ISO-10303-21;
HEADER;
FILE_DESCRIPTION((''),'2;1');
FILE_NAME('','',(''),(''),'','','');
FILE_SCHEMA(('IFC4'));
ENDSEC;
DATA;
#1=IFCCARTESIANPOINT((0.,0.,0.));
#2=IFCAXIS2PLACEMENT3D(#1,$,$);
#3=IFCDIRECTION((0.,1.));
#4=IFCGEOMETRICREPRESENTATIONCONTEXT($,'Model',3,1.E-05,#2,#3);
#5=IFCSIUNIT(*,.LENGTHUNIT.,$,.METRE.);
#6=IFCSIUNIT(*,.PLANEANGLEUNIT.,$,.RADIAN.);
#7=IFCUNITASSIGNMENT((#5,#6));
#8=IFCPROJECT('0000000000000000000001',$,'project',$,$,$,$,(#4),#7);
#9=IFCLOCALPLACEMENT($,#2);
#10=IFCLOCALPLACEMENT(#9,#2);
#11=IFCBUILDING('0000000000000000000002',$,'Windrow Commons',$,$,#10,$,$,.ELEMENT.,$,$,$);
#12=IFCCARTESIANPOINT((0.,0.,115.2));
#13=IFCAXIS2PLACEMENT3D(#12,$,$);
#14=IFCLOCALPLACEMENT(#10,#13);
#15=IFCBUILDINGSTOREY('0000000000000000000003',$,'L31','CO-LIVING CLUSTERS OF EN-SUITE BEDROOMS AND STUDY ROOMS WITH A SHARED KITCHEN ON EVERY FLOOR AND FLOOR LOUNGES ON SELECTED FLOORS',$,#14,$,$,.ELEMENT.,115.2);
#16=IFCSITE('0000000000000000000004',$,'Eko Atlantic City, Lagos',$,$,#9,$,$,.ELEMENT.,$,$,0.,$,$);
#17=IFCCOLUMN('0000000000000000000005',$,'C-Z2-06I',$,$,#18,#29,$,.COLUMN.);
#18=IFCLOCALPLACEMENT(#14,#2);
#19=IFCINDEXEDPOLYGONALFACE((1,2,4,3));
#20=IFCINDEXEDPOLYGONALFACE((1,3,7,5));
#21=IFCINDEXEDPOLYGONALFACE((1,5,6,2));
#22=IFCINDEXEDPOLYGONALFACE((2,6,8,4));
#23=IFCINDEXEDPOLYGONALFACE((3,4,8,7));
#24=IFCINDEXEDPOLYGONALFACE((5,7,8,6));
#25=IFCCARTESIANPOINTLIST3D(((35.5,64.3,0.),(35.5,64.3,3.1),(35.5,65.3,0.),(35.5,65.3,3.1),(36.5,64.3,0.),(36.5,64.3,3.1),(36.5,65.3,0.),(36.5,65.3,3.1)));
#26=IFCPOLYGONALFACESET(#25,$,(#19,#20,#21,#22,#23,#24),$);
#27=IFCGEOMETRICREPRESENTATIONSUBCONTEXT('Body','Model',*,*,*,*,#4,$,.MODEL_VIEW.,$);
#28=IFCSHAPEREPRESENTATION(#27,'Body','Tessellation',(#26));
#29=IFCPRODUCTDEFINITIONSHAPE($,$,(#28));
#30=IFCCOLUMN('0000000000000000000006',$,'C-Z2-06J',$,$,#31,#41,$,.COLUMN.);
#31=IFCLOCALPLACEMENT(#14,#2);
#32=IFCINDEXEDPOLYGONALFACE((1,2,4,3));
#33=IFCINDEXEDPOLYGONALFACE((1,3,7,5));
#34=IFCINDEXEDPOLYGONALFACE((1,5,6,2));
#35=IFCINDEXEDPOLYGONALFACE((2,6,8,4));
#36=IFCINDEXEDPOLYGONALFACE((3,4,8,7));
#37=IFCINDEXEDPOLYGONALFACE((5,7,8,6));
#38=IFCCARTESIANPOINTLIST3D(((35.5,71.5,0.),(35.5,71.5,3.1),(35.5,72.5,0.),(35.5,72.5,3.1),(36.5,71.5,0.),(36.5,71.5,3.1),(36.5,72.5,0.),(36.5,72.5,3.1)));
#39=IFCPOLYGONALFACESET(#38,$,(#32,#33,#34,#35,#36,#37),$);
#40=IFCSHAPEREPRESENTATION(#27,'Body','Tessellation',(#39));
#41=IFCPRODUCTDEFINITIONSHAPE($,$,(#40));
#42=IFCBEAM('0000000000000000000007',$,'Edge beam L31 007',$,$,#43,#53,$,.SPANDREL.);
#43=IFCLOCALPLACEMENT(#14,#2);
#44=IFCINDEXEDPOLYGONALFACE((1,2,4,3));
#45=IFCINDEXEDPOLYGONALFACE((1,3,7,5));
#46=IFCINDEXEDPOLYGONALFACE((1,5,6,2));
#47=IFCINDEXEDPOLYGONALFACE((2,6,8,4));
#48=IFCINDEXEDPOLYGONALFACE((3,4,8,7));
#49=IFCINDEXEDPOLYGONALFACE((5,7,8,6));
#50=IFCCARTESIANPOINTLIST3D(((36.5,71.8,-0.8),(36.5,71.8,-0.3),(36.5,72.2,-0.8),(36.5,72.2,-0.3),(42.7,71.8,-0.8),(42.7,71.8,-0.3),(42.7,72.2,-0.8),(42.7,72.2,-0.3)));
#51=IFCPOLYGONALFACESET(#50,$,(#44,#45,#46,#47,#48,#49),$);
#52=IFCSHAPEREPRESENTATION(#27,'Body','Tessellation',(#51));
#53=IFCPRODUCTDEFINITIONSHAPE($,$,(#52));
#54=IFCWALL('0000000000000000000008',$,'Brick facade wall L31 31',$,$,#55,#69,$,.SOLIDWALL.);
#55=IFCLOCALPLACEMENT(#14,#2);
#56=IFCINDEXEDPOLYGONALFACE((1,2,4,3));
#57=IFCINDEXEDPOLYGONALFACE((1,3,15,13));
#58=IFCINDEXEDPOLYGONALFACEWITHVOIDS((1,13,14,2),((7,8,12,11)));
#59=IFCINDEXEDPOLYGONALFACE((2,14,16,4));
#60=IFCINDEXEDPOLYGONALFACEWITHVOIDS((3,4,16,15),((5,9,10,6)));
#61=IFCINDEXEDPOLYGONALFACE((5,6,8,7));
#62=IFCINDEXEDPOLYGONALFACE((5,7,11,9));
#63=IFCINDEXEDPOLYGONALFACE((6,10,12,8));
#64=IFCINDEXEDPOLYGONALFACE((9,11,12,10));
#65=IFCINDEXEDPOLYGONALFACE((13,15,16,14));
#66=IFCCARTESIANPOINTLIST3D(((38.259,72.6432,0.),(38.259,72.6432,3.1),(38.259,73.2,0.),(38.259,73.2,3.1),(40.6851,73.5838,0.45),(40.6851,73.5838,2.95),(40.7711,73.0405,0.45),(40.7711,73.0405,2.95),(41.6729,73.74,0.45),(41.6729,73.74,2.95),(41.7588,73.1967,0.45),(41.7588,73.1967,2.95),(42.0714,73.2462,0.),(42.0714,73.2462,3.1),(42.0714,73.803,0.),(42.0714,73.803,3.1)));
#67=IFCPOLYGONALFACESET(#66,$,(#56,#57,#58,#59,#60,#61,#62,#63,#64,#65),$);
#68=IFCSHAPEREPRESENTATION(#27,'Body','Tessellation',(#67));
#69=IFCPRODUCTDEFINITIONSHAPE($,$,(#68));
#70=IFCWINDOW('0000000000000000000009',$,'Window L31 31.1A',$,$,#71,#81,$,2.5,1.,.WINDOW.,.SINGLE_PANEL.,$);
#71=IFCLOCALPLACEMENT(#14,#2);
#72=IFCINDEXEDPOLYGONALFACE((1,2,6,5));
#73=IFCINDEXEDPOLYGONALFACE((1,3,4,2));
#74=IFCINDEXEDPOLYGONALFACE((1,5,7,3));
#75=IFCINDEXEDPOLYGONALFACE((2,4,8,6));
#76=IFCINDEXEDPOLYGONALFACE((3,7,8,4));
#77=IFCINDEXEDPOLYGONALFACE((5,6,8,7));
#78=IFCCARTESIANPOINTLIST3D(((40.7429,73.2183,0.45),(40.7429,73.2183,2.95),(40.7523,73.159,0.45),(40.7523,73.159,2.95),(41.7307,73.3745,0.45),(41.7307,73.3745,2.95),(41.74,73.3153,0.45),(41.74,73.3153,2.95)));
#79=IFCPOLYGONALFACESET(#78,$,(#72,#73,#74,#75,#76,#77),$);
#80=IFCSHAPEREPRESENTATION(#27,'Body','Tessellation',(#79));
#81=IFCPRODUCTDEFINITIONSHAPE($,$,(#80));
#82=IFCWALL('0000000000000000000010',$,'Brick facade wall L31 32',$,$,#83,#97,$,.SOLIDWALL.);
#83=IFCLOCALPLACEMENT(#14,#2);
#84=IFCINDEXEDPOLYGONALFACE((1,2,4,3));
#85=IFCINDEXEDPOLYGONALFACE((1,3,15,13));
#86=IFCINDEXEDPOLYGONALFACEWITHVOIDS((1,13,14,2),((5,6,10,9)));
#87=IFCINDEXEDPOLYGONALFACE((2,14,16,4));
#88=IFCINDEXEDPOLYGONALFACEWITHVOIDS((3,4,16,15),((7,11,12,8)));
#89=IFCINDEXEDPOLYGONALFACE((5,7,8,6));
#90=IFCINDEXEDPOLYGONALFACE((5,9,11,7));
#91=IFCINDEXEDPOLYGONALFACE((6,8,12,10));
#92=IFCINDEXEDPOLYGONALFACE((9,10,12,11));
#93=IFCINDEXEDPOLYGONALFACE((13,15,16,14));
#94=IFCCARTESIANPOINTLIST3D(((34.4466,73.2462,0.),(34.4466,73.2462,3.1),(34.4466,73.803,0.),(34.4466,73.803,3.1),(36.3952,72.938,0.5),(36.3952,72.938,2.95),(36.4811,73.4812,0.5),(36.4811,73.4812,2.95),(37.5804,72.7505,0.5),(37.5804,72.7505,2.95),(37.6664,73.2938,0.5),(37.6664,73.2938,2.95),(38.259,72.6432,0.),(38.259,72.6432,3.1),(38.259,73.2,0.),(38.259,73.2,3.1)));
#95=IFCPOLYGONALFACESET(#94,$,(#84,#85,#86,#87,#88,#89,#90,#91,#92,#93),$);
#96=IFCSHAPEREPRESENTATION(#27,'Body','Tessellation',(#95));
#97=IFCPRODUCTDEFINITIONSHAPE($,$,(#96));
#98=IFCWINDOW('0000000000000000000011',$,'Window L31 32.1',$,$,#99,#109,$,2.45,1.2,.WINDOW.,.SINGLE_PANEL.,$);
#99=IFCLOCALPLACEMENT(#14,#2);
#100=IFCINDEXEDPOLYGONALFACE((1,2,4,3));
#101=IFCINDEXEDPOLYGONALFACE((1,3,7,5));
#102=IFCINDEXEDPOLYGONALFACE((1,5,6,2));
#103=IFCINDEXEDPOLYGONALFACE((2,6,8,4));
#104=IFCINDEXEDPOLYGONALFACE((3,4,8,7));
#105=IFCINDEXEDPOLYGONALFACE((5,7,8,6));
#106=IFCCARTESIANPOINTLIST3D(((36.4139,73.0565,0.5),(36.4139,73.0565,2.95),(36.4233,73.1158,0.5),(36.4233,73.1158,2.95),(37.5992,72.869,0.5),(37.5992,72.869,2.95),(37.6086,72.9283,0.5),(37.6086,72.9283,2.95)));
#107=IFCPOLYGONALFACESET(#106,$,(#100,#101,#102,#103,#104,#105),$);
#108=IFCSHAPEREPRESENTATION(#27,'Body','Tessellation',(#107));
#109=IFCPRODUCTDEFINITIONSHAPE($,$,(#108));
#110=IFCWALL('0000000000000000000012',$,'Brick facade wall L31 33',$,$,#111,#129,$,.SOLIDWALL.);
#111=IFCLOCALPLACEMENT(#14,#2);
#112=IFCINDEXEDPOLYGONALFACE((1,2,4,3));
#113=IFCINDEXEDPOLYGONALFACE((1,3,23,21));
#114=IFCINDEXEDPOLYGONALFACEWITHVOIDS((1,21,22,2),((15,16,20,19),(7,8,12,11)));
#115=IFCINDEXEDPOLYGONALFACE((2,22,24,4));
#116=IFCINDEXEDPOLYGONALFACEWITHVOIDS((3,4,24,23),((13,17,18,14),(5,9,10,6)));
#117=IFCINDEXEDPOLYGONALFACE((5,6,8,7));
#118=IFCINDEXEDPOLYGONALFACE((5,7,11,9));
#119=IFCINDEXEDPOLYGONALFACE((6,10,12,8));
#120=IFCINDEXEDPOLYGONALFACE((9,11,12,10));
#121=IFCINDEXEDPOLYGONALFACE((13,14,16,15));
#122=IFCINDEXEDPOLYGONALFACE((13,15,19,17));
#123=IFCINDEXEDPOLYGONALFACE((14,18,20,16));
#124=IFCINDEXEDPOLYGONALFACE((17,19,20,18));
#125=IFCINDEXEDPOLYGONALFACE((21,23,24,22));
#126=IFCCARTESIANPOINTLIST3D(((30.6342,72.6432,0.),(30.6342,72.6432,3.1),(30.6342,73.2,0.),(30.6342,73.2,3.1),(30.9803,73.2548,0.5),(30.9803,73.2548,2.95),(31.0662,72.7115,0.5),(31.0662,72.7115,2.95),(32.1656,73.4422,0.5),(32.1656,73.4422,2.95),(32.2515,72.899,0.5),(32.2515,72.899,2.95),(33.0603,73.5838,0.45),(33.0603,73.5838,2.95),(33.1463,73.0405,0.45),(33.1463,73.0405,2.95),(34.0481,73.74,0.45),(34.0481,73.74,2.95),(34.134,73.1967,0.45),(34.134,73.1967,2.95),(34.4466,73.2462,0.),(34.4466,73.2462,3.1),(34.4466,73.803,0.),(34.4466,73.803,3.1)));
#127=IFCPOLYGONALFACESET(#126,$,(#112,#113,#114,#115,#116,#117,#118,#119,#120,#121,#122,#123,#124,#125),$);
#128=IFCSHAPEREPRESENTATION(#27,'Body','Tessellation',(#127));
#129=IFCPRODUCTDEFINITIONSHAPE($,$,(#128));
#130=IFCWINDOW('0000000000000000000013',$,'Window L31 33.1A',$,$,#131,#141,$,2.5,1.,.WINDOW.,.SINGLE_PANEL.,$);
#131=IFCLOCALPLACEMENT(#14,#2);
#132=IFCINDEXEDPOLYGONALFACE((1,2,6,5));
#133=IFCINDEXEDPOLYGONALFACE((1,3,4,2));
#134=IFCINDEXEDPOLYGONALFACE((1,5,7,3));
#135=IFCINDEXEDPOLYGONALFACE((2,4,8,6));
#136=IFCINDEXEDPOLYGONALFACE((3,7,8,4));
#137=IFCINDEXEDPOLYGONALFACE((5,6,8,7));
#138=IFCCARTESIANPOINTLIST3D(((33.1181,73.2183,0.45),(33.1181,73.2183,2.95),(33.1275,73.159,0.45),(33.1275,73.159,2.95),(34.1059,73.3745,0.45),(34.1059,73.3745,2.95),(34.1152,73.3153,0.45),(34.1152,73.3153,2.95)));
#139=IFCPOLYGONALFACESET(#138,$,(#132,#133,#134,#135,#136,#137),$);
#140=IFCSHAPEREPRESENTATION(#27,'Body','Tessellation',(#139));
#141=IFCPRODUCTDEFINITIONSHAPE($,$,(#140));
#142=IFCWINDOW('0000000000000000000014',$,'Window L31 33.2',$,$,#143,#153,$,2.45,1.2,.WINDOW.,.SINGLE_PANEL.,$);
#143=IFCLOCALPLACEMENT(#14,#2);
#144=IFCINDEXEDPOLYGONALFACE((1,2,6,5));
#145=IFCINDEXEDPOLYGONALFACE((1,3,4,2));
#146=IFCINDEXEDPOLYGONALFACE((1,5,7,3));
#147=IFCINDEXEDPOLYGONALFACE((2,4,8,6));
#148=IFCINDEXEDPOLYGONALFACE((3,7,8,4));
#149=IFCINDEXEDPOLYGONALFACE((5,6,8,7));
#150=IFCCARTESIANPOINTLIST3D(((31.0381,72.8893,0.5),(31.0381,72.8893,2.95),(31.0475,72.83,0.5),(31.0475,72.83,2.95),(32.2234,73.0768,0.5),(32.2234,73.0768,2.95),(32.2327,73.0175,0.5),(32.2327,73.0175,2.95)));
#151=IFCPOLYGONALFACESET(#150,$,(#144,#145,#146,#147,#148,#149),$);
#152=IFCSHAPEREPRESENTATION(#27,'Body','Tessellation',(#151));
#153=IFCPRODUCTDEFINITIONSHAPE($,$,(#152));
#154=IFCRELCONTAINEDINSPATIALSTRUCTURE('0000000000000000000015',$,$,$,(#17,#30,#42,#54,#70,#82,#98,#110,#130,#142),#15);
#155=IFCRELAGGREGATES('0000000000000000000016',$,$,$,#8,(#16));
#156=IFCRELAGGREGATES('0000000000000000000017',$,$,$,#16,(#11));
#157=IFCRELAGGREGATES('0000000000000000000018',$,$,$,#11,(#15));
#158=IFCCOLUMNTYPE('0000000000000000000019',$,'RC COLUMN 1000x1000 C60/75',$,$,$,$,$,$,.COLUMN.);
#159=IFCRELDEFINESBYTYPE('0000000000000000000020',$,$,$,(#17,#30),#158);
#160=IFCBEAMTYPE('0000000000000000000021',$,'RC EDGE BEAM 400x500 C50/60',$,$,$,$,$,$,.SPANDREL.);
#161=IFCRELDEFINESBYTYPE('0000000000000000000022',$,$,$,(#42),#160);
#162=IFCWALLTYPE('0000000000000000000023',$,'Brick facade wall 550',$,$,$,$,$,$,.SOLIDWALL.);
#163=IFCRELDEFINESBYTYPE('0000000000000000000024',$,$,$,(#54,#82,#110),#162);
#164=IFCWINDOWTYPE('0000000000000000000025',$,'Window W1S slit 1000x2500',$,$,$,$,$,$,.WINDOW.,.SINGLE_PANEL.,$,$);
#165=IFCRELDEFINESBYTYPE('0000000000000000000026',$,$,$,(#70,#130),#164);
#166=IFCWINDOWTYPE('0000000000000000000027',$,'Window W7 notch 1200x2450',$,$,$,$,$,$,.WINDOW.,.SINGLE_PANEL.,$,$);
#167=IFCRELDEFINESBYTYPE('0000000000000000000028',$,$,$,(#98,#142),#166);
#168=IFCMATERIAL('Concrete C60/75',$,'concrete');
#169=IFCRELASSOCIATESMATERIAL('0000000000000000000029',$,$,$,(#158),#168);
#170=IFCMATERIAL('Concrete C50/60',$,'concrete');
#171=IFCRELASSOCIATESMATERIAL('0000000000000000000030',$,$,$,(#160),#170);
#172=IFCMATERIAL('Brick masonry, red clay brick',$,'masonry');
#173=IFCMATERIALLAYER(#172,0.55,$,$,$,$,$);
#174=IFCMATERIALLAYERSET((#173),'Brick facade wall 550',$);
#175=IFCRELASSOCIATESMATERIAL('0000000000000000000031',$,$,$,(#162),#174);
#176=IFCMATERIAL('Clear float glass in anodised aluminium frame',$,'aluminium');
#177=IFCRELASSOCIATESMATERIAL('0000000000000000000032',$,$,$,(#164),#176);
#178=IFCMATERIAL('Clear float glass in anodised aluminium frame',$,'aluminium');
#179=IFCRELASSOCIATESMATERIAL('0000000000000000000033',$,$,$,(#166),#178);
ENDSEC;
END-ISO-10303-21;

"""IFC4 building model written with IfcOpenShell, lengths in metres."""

from ifc_helpers import new_model, si_unit, direction, frame, frame_2d, origin, origin_2d, place, context, subcontext, project, spatial, polyline, rectangle, outline, extrude, material, layer, layer_set, material_profile, profile_set, type_object, element, fill, save


model = new_model("IFC4")

# Units and contexts
model_context = context("Model", 3, precision=1e-05, world=origin(), true_north=direction((0.0, 1.0)))
body_context = subcontext(model_context, "Body", "Model", "MODEL_VIEW")
ifc_project = project(units=[si_unit("LENGTHUNIT", "METRE"), si_unit("PLANEANGLEUNIT", "RADIAN")], contexts=[model_context])

# Site, building, storey
site_placement = place(None, origin())
site = spatial("IfcSite", under=ifc_project, at=site_placement, Name="Eko Atlantic City, Lagos", CompositionType="ELEMENT", RefElevation=0.0)
building_placement = place(site_placement, origin())
building = spatial("IfcBuilding", under=site, at=building_placement, Name="Windrow Commons", CompositionType="ELEMENT")
storey_placement = place(building_placement, frame((0.0, 0.0, 115.2)))
storey = spatial("IfcBuildingStorey", under=building, at=storey_placement, Name="L31", Description="CO-LIVING CLUSTERS OF EN-SUITE BEDROOMS AND STUDY ROOMS WITH A SHARED KITCHEN ON EVERY FLOOR AND FLOOR LOUNGES ON SELECTED FLOORS", CompositionType="ELEMENT", Elevation=115.2)

# Columns
ifc_material_1 = material(Name="Concrete C60/75", Category="concrete")
ifc_material_profile_1 = material_profile(ifc_material_1, rectangle(XDim=1.0, YDim=1.0, at=origin_2d()))
ifc_profile_set_1 = profile_set([ifc_material_profile_1], Name="Concrete C60/75")
column_type = type_object("IfcColumnType", Name="RC COLUMN 1000x1000 C60/75", PredefinedType="COLUMN", material=ifc_profile_set_1)
for number, where, z_axis, x_axis, name in (
    (1, (36.0, 64.8, 0.0), (0.0, 0.0, 1.0), (1.0, 0.0, 0.0), "C-Z2-06I"),
    (2, (36.0, 72.0, 0.0), (0.0, 0.0, 1.0), (1.0, 0.0, 0.0), "C-Z2-06J"),
):
    element("IfcColumn", number, at=place(storey_placement, frame(where, z_axis=z_axis, x_axis=x_axis)), inside=storey, type_object=column_type, Name=name, PredefinedType="COLUMN", context=body_context, shape_type="SweptSolid", body=[
        extrude(rectangle(XDim=1.0, YDim=1.0, at=origin_2d()), origin(), (0.0, 0.0, 1.0), 3.1),
    ])

# Beam
ifc_material_2 = material(Name="Concrete C50/60", Category="concrete")
ifc_material_profile_2 = material_profile(ifc_material_2, rectangle(XDim=0.4, YDim=0.5, at=origin_2d()))
ifc_profile_set_2 = profile_set([ifc_material_profile_2], Name="Concrete C50/60")
beam_type = type_object("IfcBeamType", Name="RC EDGE BEAM 400x500 C50/60", PredefinedType="SPANDREL", material=ifc_profile_set_2)
beam_placement = place(storey_placement, frame((36.5, 72.0, -0.55), z_axis=(1.0, 0.0, 0.0), x_axis=(0.0, 1.0, 0.0)))
element("IfcBeam", 3, at=beam_placement, inside=storey, type_object=beam_type, Name="Edge beam L31 007", PredefinedType="SPANDREL", context=body_context, shape_type="SweptSolid", body=[
    extrude(rectangle(XDim=0.4, YDim=0.5, at=origin_2d()), origin(), (0.0, 0.0, 1.0), 6.2),
])

# Walls, openings, windows
ifc_material_3 = material(Name="Brick masonry, red clay brick", Category="masonry")
ifc_layer_1 = layer(ifc_material_3, 0.55)
ifc_layer_set_1 = layer_set([ifc_layer_1], Name="Brick facade wall 550")
wall_type_1 = type_object("IfcWallType", Name="Brick facade wall 550", PredefinedType="SOLIDWALL", material=ifc_layer_set_1)
wall_1_placement = place(storey_placement, frame((42.0714, 73.5246, 0.0), z_axis=(0.0, 0.0, 1.0), x_axis=(-0.987721, -0.156226, 0.0)))
wall_1 = element("IfcWall", 4, at=wall_1_placement, inside=storey, type_object=wall_type_1, Name="Brick facade wall L31 31", PredefinedType="SOLIDWALL", context=body_context, shape_type="SweptSolid", body=[
    extrude(outline(polyline([(-0.0435, -0.275), (3.8163, -0.275), (3.9033, 0.275), (0.0435, 0.275), (-0.0435, -0.275)])), origin(), (0.0, 0.0, 1.0), 3.1),
])
opening_1_placement = place(wall_1_placement, frame((0.36, 0.0, 0.45)))
opening_1 = element("IfcOpeningElement", 5, at=opening_1_placement, cuts=wall_1, PredefinedType="OPENING", context=body_context, shape_type="SweptSolid", body=[
    extrude(rectangle(XDim=1.0, YDim=2.5, at=frame_2d((0.5, 1.25))), frame((0.0, 0.285, 0.0), z_axis=(0.0, -1.0, 0.0), x_axis=(1.0, 0.0, 0.0)), (0.0, 0.0, 1.0), 0.57),
])
ifc_material_4 = material(Name="Clear float glass in anodised aluminium frame", Category="aluminium")
window_type_1 = type_object("IfcWindowType", Name="Window W1S slit 1000x2500", PartitioningType="SINGLE_PANEL", PredefinedType="WINDOW", material=ifc_material_4)
window_1_placement = place(opening_1_placement, origin())
window_1 = element("IfcWindow", 6, at=window_1_placement, inside=storey, type_object=window_type_1, Name="Window L31 31.1A", OverallHeight=2.5, OverallWidth=1.0, PartitioningType="SINGLE_PANEL", PredefinedType="WINDOW", context=body_context, shape_type="SweptSolid", body=[
    extrude(rectangle(XDim=1.0, YDim=2.5, at=frame_2d((0.5, 1.25))), frame((0.0, 0.155, 0.0), z_axis=(0.0, -1.0, 0.0), x_axis=(1.0, 0.0, 0.0)), (0.0, 0.0, 1.0), 0.06),
])
fill(opening_1, window_1)
wall_2_placement = place(storey_placement, frame((38.259, 72.9216, 0.0), z_axis=(0.0, 0.0, 1.0), x_axis=(-0.987721, 0.156226, 0.0)))
wall_2 = element("IfcWall", 7, at=wall_2_placement, inside=storey, type_object=wall_type_1, Name="Brick facade wall L31 32", PredefinedType="SOLIDWALL", context=body_context, shape_type="SweptSolid", body=[
    extrude(outline(polyline([(0.0435, -0.275), (3.9033, -0.275), (3.8163, 0.275), (-0.0435, 0.275), (0.0435, -0.275)])), origin(), (0.0, 0.0, 1.0), 3.1),
])
opening_2_placement = place(wall_2_placement, frame((0.6435, 0.0, 0.5)))
opening_2 = element("IfcOpeningElement", 8, at=opening_2_placement, cuts=wall_2, PredefinedType="OPENING", context=body_context, shape_type="SweptSolid", body=[
    extrude(rectangle(XDim=1.2, YDim=2.45, at=frame_2d((0.6, 1.225))), frame((0.0, 0.285, 0.0), z_axis=(0.0, -1.0, 0.0), x_axis=(1.0, 0.0, 0.0)), (0.0, 0.0, 1.0), 0.57),
])
ifc_material_5 = material(Name="Clear float glass in anodised aluminium frame", Category="aluminium")
window_type_2 = type_object("IfcWindowType", Name="Window W7 notch 1200x2450", PartitioningType="SINGLE_PANEL", PredefinedType="WINDOW", material=ifc_material_5)
window_2_placement = place(opening_2_placement, origin())
window_2 = element("IfcWindow", 9, at=window_2_placement, inside=storey, type_object=window_type_2, Name="Window L31 32.1", OverallHeight=2.45, OverallWidth=1.2, PartitioningType="SINGLE_PANEL", PredefinedType="WINDOW", context=body_context, shape_type="SweptSolid", body=[
    extrude(rectangle(XDim=1.2, YDim=2.45, at=frame_2d((0.6, 1.225))), frame((0.0, 0.155, 0.0), z_axis=(0.0, -1.0, 0.0), x_axis=(1.0, 0.0, 0.0)), (0.0, 0.0, 1.0), 0.06),
])
fill(opening_2, window_2)

# Wall, openings, windows
wall_3_placement = place(storey_placement, frame((34.4466, 73.5246, 0.0), z_axis=(0.0, 0.0, 1.0), x_axis=(-0.987721, -0.156226, 0.0)))
wall_3 = element("IfcWall", 10, at=wall_3_placement, inside=storey, type_object=wall_type_1, Name="Brick facade wall L31 33", PredefinedType="SOLIDWALL", context=body_context, shape_type="SweptSolid", body=[
    extrude(outline(polyline([(-0.0435, -0.275), (3.8163, -0.275), (3.9033, 0.275), (0.0435, 0.275), (-0.0435, -0.275)])), origin(), (0.0, 0.0, 1.0), 3.1),
])
opening_3_placement = place(wall_3_placement, frame((2.2659, 0.0, 0.5)))
opening_3 = element("IfcOpeningElement", 11, at=opening_3_placement, cuts=wall_3, PredefinedType="OPENING", context=body_context, shape_type="SweptSolid", body=[
    extrude(rectangle(XDim=1.2, YDim=2.45, at=frame_2d((0.6, 1.225))), frame((0.0, 0.285, 0.0), z_axis=(0.0, -1.0, 0.0), x_axis=(1.0, 0.0, 0.0)), (0.0, 0.0, 1.0), 0.57),
])
opening_4_placement = place(wall_3_placement, frame((0.36, 0.0, 0.45)))
opening_4 = element("IfcOpeningElement", 12, at=opening_4_placement, cuts=wall_3, PredefinedType="OPENING", context=body_context, shape_type="SweptSolid", body=[
    extrude(rectangle(XDim=1.0, YDim=2.5, at=frame_2d((0.5, 1.25))), frame((0.0, 0.285, 0.0), z_axis=(0.0, -1.0, 0.0), x_axis=(1.0, 0.0, 0.0)), (0.0, 0.0, 1.0), 0.57),
])
window_3_placement = place(opening_4_placement, origin())
window_3 = element("IfcWindow", 13, at=window_3_placement, inside=storey, type_object=window_type_1, Name="Window L31 33.1A", OverallHeight=2.5, OverallWidth=1.0, PartitioningType="SINGLE_PANEL", PredefinedType="WINDOW", context=body_context, shape_type="SweptSolid", body=[
    extrude(rectangle(XDim=1.0, YDim=2.5, at=frame_2d((0.5, 1.25))), frame((0.0, 0.155, 0.0), z_axis=(0.0, -1.0, 0.0), x_axis=(1.0, 0.0, 0.0)), (0.0, 0.0, 1.0), 0.06),
])
fill(opening_4, window_3)
window_4_placement = place(opening_3_placement, origin())
window_4 = element("IfcWindow", 14, at=window_4_placement, inside=storey, type_object=window_type_2, Name="Window L31 33.2", OverallHeight=2.45, OverallWidth=1.2, PartitioningType="SINGLE_PANEL", PredefinedType="WINDOW", context=body_context, shape_type="SweptSolid", body=[
    extrude(rectangle(XDim=1.2, YDim=2.45, at=frame_2d((0.6, 1.225))), frame((0.0, 0.155, 0.0), z_axis=(0.0, -1.0, 0.0), x_axis=(1.0, 0.0, 0.0)), (0.0, 0.0, 1.0), 0.06),
])
fill(opening_3, window_4)

save(model, "model.ifc")
